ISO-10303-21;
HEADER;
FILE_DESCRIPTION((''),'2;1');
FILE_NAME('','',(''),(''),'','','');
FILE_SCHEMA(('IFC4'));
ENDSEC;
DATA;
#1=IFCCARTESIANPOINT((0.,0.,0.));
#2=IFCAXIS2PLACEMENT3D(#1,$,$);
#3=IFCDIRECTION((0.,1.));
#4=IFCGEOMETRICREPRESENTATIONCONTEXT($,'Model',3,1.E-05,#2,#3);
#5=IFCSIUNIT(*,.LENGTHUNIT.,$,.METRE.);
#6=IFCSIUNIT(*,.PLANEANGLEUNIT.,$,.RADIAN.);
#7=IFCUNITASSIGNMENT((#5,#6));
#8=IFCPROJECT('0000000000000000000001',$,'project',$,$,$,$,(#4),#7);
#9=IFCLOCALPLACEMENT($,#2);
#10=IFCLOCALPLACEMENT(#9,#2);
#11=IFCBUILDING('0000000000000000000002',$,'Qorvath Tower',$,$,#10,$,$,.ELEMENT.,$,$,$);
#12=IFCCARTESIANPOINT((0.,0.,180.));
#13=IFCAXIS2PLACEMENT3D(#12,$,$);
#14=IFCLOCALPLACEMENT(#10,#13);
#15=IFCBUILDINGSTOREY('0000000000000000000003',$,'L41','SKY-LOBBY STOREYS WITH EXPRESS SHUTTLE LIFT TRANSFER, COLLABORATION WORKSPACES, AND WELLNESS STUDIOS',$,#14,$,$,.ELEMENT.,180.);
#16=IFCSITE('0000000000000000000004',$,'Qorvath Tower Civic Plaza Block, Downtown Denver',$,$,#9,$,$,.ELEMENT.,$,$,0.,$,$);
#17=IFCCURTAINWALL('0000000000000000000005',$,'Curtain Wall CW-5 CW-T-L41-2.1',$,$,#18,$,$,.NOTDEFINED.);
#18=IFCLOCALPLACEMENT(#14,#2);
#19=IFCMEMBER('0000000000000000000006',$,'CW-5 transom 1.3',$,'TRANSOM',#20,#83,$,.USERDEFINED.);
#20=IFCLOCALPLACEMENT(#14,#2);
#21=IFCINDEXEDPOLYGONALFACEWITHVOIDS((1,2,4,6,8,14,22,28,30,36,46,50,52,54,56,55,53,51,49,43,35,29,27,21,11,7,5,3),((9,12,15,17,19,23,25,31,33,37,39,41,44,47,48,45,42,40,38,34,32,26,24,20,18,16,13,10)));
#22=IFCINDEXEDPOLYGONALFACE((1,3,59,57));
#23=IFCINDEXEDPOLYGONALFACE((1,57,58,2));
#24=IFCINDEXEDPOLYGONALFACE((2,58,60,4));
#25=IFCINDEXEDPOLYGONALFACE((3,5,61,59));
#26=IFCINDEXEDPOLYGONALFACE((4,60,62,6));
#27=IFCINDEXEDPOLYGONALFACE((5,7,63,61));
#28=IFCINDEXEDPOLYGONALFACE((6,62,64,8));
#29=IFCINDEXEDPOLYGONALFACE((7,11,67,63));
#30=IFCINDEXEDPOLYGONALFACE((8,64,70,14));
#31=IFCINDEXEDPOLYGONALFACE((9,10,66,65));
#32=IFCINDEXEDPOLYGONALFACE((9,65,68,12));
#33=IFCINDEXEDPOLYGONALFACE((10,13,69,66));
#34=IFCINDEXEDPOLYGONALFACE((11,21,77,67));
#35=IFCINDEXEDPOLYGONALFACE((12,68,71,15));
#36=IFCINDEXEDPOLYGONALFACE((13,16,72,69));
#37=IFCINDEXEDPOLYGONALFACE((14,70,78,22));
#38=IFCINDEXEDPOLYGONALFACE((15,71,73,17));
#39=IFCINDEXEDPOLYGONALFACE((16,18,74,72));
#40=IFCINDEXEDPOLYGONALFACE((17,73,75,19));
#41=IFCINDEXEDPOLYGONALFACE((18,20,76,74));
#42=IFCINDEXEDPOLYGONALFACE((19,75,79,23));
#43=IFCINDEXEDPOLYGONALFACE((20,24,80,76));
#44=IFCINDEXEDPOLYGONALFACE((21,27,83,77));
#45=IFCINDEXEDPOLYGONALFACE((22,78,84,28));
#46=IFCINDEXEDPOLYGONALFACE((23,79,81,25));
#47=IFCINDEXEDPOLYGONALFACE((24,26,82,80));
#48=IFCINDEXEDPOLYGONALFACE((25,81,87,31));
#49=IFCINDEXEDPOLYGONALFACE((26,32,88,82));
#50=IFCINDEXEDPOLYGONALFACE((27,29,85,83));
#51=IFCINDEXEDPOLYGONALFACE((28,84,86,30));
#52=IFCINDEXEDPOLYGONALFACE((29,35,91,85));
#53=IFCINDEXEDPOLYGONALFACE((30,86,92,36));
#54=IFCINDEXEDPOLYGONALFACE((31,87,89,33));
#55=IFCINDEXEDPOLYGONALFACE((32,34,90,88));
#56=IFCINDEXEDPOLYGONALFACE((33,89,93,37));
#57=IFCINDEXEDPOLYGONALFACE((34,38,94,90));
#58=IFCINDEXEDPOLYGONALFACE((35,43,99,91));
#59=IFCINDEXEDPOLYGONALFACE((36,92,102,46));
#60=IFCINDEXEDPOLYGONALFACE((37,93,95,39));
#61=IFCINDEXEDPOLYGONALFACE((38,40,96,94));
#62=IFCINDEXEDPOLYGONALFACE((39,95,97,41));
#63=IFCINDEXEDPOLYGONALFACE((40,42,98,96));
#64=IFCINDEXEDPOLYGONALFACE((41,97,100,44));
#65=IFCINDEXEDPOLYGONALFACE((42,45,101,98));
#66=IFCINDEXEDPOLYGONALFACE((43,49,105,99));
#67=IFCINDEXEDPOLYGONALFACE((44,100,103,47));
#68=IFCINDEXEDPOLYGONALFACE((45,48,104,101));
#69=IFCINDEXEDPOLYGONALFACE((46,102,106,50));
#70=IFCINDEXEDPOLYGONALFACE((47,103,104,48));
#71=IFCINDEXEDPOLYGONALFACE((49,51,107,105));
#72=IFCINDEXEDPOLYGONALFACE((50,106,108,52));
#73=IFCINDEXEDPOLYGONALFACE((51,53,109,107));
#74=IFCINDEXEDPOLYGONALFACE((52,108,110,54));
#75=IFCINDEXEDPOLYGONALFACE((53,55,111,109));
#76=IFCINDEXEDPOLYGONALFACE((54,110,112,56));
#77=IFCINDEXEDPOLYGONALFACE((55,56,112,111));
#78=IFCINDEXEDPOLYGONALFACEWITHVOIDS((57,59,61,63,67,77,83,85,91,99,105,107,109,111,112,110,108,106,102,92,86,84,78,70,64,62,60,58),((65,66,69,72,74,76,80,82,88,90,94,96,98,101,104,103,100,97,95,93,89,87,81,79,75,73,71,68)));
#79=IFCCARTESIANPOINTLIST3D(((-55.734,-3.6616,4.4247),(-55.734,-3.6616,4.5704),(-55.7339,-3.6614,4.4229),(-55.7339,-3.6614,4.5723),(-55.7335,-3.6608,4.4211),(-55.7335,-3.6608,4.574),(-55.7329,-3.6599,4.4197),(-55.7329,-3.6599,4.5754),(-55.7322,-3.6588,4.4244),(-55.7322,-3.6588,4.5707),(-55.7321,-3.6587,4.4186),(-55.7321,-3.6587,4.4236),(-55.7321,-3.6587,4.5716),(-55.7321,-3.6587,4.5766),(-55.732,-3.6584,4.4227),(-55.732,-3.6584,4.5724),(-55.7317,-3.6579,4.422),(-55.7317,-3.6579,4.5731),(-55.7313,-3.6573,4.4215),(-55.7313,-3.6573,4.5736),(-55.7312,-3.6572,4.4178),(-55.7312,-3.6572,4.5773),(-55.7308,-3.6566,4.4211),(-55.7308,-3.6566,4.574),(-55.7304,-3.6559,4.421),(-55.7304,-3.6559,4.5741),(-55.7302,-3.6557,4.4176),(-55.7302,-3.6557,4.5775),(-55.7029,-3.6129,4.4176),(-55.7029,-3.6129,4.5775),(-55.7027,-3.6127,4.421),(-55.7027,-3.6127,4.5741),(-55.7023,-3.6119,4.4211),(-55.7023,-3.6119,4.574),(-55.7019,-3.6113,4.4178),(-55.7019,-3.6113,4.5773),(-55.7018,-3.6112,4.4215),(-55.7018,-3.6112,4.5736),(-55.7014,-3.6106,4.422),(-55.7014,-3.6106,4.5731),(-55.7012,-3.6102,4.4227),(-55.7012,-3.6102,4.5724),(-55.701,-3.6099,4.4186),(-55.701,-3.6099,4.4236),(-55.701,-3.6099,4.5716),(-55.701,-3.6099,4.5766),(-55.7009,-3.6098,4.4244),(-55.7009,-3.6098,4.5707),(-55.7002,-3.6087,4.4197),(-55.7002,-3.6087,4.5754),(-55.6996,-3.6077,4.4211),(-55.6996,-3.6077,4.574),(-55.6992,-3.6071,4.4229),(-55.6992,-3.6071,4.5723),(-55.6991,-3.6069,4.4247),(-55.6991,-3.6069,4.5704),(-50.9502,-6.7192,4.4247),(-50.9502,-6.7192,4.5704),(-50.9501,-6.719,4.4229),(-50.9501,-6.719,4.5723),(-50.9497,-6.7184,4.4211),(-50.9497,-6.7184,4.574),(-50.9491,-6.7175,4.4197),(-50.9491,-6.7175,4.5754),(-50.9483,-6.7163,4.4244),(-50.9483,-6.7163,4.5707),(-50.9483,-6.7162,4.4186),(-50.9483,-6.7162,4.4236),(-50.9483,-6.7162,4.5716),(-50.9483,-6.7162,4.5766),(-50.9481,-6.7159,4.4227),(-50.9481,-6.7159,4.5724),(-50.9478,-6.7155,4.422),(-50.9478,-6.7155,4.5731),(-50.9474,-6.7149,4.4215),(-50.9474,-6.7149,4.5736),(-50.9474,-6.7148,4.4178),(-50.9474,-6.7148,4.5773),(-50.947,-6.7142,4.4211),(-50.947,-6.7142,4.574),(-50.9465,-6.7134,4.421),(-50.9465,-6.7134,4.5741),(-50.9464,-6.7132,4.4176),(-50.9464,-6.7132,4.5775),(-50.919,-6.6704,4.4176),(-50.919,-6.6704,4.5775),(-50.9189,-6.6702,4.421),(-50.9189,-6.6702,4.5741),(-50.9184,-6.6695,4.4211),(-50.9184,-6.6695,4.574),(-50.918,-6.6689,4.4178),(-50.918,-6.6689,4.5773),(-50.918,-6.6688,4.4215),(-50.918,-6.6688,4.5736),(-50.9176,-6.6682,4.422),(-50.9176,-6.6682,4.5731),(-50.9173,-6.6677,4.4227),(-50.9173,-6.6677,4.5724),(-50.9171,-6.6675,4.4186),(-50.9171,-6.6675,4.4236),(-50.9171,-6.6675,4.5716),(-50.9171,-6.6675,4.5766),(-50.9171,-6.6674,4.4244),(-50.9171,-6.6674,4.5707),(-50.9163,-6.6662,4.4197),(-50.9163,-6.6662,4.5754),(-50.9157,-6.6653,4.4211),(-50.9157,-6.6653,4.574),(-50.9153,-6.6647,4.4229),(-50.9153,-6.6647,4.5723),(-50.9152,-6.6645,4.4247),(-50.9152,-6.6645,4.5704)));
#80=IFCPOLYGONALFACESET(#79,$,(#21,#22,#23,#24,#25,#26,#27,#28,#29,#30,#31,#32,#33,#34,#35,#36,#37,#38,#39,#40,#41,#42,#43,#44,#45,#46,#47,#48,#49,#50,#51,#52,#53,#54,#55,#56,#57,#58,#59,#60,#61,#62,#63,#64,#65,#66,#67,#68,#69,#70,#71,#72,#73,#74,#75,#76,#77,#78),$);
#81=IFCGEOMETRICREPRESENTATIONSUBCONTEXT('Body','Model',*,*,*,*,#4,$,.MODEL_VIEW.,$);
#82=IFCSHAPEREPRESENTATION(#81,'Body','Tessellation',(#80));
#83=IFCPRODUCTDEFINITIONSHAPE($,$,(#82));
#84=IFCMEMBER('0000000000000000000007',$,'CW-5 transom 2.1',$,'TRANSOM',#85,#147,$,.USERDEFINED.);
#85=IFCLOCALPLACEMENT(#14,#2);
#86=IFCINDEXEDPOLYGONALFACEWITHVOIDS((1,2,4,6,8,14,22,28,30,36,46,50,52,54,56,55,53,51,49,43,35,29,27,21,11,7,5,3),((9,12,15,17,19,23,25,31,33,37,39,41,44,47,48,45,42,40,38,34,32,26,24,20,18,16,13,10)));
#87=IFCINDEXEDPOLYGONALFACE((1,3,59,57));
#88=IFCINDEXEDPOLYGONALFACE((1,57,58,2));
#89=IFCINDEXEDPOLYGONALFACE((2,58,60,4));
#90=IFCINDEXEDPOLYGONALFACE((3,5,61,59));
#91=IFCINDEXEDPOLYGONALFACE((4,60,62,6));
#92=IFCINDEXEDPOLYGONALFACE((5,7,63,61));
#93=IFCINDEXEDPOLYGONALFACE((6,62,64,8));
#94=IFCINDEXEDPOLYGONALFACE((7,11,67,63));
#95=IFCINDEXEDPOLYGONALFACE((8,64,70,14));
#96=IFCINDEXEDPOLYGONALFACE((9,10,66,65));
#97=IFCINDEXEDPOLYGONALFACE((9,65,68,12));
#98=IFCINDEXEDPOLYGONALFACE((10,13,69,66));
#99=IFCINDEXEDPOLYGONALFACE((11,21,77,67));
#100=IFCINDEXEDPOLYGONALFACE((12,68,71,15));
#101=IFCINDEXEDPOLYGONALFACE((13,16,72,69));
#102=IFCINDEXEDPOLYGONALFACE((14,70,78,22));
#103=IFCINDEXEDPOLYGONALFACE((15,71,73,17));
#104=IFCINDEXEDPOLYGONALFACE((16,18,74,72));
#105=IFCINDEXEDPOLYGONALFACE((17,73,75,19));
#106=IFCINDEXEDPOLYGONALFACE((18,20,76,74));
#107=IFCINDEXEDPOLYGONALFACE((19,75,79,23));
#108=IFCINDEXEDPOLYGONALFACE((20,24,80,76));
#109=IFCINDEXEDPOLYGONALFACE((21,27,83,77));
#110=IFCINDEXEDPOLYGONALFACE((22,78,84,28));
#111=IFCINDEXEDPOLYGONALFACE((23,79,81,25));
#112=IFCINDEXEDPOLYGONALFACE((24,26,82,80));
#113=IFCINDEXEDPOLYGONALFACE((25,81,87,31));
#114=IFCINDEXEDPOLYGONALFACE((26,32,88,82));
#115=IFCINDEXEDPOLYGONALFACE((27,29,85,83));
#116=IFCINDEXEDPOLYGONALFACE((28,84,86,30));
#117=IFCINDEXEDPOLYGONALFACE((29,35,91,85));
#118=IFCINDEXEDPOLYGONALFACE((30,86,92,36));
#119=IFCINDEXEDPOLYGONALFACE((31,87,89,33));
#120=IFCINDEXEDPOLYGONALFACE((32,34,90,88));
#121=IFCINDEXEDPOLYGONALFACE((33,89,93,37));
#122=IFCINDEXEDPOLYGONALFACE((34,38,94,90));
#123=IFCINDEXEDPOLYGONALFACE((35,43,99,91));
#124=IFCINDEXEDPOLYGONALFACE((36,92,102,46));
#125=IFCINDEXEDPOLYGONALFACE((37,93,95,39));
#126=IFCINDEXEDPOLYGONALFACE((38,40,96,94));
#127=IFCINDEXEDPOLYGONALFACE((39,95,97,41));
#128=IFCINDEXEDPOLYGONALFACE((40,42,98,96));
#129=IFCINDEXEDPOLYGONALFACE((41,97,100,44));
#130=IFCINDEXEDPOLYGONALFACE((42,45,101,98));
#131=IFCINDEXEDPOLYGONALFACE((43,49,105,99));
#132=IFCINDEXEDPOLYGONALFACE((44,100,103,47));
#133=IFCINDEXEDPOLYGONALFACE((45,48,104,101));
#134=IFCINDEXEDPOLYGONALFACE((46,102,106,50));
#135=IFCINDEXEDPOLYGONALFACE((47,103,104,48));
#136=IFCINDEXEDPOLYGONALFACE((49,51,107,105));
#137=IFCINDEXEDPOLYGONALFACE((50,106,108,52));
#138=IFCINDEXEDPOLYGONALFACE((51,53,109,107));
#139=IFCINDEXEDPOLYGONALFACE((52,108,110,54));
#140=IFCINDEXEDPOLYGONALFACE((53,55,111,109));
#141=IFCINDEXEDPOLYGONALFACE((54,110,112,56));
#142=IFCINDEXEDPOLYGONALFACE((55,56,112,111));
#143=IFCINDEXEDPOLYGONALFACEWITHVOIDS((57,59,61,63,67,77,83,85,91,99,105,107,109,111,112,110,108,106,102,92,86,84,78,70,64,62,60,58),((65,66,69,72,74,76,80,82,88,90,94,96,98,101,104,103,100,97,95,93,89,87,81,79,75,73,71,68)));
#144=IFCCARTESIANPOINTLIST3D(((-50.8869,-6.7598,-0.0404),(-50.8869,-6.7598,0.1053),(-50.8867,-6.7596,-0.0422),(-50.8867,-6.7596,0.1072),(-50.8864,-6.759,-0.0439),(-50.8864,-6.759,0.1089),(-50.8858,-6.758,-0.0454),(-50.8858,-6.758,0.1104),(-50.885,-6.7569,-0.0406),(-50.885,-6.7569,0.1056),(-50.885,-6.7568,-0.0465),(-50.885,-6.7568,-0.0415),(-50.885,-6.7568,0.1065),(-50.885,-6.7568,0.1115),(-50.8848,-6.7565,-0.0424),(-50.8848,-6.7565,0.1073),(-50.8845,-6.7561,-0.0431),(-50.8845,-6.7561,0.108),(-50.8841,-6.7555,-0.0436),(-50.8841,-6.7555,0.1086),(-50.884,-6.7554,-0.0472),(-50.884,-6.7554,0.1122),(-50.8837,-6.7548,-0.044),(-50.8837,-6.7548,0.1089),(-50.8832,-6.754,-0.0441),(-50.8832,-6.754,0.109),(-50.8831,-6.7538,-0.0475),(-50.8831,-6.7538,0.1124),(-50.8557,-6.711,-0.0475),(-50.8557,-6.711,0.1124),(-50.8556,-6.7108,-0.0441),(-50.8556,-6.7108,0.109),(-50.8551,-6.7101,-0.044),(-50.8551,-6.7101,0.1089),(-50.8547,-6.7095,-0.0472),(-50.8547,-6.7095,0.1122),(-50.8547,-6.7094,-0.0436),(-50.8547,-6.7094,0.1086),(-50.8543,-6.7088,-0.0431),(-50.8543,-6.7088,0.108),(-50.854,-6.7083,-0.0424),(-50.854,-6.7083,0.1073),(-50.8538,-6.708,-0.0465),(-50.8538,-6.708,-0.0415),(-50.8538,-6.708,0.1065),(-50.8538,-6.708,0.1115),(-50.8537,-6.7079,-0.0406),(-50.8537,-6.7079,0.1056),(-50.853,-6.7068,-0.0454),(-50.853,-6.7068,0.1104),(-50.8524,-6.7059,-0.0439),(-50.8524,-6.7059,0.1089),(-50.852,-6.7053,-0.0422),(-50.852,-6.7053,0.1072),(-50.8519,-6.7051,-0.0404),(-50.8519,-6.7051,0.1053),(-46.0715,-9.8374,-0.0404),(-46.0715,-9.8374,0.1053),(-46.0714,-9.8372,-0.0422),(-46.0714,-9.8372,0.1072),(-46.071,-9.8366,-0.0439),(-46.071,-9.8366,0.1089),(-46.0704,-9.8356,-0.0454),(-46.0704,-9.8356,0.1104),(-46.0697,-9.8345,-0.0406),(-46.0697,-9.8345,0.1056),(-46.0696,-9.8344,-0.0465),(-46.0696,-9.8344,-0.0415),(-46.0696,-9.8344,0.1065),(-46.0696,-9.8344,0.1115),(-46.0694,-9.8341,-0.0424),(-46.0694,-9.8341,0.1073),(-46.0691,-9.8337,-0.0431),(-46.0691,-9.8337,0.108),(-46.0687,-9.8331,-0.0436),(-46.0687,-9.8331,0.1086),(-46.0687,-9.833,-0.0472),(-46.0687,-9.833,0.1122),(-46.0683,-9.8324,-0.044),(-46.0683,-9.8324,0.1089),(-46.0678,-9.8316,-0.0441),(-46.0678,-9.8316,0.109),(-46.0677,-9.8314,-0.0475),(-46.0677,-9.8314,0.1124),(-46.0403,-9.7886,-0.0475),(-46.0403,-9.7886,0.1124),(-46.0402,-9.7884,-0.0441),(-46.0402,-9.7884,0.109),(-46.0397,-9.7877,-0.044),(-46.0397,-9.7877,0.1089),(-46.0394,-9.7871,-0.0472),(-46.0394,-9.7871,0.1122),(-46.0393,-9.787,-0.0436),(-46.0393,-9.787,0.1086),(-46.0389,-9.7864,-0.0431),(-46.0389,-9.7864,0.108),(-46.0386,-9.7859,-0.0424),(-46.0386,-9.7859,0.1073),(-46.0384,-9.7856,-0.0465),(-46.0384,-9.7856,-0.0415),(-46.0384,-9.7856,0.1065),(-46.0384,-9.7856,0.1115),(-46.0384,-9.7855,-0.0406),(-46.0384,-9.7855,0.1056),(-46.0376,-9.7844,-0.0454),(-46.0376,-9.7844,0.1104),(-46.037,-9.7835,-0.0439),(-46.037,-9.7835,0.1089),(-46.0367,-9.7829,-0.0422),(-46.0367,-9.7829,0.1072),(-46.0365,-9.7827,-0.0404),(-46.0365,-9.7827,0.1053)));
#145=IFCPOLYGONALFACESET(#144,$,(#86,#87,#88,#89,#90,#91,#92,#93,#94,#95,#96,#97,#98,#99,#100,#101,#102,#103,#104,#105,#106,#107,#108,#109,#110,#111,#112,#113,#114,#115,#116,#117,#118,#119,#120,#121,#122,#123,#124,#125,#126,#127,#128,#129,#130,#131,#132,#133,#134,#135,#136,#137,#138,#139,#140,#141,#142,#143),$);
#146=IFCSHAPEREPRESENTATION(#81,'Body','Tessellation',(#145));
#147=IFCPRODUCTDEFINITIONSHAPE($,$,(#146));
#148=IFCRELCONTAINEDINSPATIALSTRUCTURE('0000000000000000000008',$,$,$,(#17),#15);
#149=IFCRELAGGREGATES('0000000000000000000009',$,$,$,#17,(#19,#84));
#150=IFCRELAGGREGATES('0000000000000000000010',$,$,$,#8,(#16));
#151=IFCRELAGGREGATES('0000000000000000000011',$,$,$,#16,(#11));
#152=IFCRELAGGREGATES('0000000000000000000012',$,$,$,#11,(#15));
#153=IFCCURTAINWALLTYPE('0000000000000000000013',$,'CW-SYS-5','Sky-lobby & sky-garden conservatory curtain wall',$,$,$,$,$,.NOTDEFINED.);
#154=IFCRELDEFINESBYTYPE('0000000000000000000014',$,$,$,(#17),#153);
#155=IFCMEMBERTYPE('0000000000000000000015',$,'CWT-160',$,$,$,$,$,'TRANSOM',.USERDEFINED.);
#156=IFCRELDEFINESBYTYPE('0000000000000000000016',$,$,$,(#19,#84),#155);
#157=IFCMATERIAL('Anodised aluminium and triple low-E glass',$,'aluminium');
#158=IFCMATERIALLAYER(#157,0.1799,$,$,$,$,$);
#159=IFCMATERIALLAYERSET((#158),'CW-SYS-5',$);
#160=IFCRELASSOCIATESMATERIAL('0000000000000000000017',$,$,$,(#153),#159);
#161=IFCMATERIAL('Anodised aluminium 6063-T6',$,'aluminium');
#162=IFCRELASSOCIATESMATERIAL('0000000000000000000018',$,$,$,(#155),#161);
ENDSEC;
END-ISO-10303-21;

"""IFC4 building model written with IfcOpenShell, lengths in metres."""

from ifc_helpers import new_model, si_unit, direction, frame, origin, origin_2d, place, context, subcontext, project, spatial, hollow_rectangle, extrude, material, layer, layer_set, material_profile, profile_set, type_object, element, aggregate, save


model = new_model("IFC4")

# Units and contexts
model_context = context("Model", 3, precision=1e-05, world=origin(), true_north=direction((0.0, 1.0)))
body_context = subcontext(model_context, "Body", "Model", "MODEL_VIEW")
ifc_project = project(units=[si_unit("LENGTHUNIT", "METRE"), si_unit("PLANEANGLEUNIT", "RADIAN")], contexts=[model_context])

# Site, building, storey
site_placement = place(None, origin())
site = spatial("IfcSite", under=ifc_project, at=site_placement, Name="Qorvath Tower Civic Plaza Block, Downtown Denver", CompositionType="ELEMENT", RefElevation=0.0)
building_placement = place(site_placement, origin())
building = spatial("IfcBuilding", under=site, at=building_placement, Name="Qorvath Tower", CompositionType="ELEMENT")
storey_placement = place(building_placement, frame((0.0, 0.0, 180.0)))
storey = spatial("IfcBuildingStorey", under=building, at=storey_placement, Name="L41", Description="SKY-LOBBY STOREYS WITH EXPRESS SHUTTLE LIFT TRANSFER, COLLABORATION WORKSPACES, AND WELLNESS STUDIOS", CompositionType="ELEMENT", Elevation=180.0)

# Curtain wall, members
ifc_material_1 = material(Name="Anodised aluminium and triple low-E glass", Category="aluminium")
ifc_layer_1 = layer(ifc_material_1, 0.1799)
ifc_layer_set_1 = layer_set([ifc_layer_1], Name="CW-SYS-5")
curtain_wall_type = type_object("IfcCurtainWallType", Name="CW-SYS-5", Description="Sky-lobby & sky-garden conservatory curtain wall", PredefinedType="NOTDEFINED", material=ifc_layer_set_1)
curtain_wall_placement = place(storey_placement, origin())
curtain_wall = element("IfcCurtainWall", 1, at=curtain_wall_placement, inside=storey, type_object=curtain_wall_type, Name="Curtain Wall CW-5 CW-T-L41-2.1", PredefinedType="NOTDEFINED")
ifc_material_2 = material(Name="Anodised aluminium 6063-T6", Category="aluminium")
ifc_material_profile_1 = material_profile(ifc_material_2, hollow_rectangle(XDim=0.0649, YDim=0.1599, WallThickness=0.0034, InnerFilletRadius=0.0034, OuterFilletRadius=0.0071, at=origin_2d()), Name="CWT 160x65")
ifc_profile_set_1 = profile_set([ifc_material_profile_1], Name="Anodised aluminium 6063-T6")
member_type_1 = type_object("IfcMemberType", Name="CWT-160", ElementType="TRANSOM", PredefinedType="USERDEFINED", material=ifc_profile_set_1)
member_1_placement = place(storey_placement, frame((-55.7166, -3.6343, 4.4976), z_axis=(0.842599, -0.538541, 0.0), x_axis=(0.538541, 0.842599, 0.0)))
member_1 = element("IfcMember", 2, at=member_1_placement, type_object=member_type_1, Name="CW-5 transom 1.3", ObjectType="TRANSOM", PredefinedType="USERDEFINED", context=body_context, shape_type="SweptSolid", body=[
    extrude(hollow_rectangle(XDim=0.0649, YDim=0.1599, WallThickness=0.0034, InnerFilletRadius=0.0034, OuterFilletRadius=0.0071, at=origin_2d()), origin(), (0.0, 0.0, 1.0), 5.6775),
])
member_2_placement = place(storey_placement, frame((-50.8694, -6.7324, 0.0325), z_axis=(0.842608, -0.538527, 0.0), x_axis=(0.538527, 0.842608, 0.0)))
member_2 = element("IfcMember", 3, at=member_2_placement, type_object=member_type_1, Name="CW-5 transom 2.1", ObjectType="TRANSOM", PredefinedType="USERDEFINED", context=body_context, shape_type="SweptSolid", body=[
    extrude(hollow_rectangle(XDim=0.0649, YDim=0.1599, WallThickness=0.0034, InnerFilletRadius=0.0034, OuterFilletRadius=0.0071, at=origin_2d()), origin(), (0.0, 0.0, 1.0), 5.7148),
])
aggregate(curtain_wall, [member_1, member_2])

save(model, "model.ifc")
